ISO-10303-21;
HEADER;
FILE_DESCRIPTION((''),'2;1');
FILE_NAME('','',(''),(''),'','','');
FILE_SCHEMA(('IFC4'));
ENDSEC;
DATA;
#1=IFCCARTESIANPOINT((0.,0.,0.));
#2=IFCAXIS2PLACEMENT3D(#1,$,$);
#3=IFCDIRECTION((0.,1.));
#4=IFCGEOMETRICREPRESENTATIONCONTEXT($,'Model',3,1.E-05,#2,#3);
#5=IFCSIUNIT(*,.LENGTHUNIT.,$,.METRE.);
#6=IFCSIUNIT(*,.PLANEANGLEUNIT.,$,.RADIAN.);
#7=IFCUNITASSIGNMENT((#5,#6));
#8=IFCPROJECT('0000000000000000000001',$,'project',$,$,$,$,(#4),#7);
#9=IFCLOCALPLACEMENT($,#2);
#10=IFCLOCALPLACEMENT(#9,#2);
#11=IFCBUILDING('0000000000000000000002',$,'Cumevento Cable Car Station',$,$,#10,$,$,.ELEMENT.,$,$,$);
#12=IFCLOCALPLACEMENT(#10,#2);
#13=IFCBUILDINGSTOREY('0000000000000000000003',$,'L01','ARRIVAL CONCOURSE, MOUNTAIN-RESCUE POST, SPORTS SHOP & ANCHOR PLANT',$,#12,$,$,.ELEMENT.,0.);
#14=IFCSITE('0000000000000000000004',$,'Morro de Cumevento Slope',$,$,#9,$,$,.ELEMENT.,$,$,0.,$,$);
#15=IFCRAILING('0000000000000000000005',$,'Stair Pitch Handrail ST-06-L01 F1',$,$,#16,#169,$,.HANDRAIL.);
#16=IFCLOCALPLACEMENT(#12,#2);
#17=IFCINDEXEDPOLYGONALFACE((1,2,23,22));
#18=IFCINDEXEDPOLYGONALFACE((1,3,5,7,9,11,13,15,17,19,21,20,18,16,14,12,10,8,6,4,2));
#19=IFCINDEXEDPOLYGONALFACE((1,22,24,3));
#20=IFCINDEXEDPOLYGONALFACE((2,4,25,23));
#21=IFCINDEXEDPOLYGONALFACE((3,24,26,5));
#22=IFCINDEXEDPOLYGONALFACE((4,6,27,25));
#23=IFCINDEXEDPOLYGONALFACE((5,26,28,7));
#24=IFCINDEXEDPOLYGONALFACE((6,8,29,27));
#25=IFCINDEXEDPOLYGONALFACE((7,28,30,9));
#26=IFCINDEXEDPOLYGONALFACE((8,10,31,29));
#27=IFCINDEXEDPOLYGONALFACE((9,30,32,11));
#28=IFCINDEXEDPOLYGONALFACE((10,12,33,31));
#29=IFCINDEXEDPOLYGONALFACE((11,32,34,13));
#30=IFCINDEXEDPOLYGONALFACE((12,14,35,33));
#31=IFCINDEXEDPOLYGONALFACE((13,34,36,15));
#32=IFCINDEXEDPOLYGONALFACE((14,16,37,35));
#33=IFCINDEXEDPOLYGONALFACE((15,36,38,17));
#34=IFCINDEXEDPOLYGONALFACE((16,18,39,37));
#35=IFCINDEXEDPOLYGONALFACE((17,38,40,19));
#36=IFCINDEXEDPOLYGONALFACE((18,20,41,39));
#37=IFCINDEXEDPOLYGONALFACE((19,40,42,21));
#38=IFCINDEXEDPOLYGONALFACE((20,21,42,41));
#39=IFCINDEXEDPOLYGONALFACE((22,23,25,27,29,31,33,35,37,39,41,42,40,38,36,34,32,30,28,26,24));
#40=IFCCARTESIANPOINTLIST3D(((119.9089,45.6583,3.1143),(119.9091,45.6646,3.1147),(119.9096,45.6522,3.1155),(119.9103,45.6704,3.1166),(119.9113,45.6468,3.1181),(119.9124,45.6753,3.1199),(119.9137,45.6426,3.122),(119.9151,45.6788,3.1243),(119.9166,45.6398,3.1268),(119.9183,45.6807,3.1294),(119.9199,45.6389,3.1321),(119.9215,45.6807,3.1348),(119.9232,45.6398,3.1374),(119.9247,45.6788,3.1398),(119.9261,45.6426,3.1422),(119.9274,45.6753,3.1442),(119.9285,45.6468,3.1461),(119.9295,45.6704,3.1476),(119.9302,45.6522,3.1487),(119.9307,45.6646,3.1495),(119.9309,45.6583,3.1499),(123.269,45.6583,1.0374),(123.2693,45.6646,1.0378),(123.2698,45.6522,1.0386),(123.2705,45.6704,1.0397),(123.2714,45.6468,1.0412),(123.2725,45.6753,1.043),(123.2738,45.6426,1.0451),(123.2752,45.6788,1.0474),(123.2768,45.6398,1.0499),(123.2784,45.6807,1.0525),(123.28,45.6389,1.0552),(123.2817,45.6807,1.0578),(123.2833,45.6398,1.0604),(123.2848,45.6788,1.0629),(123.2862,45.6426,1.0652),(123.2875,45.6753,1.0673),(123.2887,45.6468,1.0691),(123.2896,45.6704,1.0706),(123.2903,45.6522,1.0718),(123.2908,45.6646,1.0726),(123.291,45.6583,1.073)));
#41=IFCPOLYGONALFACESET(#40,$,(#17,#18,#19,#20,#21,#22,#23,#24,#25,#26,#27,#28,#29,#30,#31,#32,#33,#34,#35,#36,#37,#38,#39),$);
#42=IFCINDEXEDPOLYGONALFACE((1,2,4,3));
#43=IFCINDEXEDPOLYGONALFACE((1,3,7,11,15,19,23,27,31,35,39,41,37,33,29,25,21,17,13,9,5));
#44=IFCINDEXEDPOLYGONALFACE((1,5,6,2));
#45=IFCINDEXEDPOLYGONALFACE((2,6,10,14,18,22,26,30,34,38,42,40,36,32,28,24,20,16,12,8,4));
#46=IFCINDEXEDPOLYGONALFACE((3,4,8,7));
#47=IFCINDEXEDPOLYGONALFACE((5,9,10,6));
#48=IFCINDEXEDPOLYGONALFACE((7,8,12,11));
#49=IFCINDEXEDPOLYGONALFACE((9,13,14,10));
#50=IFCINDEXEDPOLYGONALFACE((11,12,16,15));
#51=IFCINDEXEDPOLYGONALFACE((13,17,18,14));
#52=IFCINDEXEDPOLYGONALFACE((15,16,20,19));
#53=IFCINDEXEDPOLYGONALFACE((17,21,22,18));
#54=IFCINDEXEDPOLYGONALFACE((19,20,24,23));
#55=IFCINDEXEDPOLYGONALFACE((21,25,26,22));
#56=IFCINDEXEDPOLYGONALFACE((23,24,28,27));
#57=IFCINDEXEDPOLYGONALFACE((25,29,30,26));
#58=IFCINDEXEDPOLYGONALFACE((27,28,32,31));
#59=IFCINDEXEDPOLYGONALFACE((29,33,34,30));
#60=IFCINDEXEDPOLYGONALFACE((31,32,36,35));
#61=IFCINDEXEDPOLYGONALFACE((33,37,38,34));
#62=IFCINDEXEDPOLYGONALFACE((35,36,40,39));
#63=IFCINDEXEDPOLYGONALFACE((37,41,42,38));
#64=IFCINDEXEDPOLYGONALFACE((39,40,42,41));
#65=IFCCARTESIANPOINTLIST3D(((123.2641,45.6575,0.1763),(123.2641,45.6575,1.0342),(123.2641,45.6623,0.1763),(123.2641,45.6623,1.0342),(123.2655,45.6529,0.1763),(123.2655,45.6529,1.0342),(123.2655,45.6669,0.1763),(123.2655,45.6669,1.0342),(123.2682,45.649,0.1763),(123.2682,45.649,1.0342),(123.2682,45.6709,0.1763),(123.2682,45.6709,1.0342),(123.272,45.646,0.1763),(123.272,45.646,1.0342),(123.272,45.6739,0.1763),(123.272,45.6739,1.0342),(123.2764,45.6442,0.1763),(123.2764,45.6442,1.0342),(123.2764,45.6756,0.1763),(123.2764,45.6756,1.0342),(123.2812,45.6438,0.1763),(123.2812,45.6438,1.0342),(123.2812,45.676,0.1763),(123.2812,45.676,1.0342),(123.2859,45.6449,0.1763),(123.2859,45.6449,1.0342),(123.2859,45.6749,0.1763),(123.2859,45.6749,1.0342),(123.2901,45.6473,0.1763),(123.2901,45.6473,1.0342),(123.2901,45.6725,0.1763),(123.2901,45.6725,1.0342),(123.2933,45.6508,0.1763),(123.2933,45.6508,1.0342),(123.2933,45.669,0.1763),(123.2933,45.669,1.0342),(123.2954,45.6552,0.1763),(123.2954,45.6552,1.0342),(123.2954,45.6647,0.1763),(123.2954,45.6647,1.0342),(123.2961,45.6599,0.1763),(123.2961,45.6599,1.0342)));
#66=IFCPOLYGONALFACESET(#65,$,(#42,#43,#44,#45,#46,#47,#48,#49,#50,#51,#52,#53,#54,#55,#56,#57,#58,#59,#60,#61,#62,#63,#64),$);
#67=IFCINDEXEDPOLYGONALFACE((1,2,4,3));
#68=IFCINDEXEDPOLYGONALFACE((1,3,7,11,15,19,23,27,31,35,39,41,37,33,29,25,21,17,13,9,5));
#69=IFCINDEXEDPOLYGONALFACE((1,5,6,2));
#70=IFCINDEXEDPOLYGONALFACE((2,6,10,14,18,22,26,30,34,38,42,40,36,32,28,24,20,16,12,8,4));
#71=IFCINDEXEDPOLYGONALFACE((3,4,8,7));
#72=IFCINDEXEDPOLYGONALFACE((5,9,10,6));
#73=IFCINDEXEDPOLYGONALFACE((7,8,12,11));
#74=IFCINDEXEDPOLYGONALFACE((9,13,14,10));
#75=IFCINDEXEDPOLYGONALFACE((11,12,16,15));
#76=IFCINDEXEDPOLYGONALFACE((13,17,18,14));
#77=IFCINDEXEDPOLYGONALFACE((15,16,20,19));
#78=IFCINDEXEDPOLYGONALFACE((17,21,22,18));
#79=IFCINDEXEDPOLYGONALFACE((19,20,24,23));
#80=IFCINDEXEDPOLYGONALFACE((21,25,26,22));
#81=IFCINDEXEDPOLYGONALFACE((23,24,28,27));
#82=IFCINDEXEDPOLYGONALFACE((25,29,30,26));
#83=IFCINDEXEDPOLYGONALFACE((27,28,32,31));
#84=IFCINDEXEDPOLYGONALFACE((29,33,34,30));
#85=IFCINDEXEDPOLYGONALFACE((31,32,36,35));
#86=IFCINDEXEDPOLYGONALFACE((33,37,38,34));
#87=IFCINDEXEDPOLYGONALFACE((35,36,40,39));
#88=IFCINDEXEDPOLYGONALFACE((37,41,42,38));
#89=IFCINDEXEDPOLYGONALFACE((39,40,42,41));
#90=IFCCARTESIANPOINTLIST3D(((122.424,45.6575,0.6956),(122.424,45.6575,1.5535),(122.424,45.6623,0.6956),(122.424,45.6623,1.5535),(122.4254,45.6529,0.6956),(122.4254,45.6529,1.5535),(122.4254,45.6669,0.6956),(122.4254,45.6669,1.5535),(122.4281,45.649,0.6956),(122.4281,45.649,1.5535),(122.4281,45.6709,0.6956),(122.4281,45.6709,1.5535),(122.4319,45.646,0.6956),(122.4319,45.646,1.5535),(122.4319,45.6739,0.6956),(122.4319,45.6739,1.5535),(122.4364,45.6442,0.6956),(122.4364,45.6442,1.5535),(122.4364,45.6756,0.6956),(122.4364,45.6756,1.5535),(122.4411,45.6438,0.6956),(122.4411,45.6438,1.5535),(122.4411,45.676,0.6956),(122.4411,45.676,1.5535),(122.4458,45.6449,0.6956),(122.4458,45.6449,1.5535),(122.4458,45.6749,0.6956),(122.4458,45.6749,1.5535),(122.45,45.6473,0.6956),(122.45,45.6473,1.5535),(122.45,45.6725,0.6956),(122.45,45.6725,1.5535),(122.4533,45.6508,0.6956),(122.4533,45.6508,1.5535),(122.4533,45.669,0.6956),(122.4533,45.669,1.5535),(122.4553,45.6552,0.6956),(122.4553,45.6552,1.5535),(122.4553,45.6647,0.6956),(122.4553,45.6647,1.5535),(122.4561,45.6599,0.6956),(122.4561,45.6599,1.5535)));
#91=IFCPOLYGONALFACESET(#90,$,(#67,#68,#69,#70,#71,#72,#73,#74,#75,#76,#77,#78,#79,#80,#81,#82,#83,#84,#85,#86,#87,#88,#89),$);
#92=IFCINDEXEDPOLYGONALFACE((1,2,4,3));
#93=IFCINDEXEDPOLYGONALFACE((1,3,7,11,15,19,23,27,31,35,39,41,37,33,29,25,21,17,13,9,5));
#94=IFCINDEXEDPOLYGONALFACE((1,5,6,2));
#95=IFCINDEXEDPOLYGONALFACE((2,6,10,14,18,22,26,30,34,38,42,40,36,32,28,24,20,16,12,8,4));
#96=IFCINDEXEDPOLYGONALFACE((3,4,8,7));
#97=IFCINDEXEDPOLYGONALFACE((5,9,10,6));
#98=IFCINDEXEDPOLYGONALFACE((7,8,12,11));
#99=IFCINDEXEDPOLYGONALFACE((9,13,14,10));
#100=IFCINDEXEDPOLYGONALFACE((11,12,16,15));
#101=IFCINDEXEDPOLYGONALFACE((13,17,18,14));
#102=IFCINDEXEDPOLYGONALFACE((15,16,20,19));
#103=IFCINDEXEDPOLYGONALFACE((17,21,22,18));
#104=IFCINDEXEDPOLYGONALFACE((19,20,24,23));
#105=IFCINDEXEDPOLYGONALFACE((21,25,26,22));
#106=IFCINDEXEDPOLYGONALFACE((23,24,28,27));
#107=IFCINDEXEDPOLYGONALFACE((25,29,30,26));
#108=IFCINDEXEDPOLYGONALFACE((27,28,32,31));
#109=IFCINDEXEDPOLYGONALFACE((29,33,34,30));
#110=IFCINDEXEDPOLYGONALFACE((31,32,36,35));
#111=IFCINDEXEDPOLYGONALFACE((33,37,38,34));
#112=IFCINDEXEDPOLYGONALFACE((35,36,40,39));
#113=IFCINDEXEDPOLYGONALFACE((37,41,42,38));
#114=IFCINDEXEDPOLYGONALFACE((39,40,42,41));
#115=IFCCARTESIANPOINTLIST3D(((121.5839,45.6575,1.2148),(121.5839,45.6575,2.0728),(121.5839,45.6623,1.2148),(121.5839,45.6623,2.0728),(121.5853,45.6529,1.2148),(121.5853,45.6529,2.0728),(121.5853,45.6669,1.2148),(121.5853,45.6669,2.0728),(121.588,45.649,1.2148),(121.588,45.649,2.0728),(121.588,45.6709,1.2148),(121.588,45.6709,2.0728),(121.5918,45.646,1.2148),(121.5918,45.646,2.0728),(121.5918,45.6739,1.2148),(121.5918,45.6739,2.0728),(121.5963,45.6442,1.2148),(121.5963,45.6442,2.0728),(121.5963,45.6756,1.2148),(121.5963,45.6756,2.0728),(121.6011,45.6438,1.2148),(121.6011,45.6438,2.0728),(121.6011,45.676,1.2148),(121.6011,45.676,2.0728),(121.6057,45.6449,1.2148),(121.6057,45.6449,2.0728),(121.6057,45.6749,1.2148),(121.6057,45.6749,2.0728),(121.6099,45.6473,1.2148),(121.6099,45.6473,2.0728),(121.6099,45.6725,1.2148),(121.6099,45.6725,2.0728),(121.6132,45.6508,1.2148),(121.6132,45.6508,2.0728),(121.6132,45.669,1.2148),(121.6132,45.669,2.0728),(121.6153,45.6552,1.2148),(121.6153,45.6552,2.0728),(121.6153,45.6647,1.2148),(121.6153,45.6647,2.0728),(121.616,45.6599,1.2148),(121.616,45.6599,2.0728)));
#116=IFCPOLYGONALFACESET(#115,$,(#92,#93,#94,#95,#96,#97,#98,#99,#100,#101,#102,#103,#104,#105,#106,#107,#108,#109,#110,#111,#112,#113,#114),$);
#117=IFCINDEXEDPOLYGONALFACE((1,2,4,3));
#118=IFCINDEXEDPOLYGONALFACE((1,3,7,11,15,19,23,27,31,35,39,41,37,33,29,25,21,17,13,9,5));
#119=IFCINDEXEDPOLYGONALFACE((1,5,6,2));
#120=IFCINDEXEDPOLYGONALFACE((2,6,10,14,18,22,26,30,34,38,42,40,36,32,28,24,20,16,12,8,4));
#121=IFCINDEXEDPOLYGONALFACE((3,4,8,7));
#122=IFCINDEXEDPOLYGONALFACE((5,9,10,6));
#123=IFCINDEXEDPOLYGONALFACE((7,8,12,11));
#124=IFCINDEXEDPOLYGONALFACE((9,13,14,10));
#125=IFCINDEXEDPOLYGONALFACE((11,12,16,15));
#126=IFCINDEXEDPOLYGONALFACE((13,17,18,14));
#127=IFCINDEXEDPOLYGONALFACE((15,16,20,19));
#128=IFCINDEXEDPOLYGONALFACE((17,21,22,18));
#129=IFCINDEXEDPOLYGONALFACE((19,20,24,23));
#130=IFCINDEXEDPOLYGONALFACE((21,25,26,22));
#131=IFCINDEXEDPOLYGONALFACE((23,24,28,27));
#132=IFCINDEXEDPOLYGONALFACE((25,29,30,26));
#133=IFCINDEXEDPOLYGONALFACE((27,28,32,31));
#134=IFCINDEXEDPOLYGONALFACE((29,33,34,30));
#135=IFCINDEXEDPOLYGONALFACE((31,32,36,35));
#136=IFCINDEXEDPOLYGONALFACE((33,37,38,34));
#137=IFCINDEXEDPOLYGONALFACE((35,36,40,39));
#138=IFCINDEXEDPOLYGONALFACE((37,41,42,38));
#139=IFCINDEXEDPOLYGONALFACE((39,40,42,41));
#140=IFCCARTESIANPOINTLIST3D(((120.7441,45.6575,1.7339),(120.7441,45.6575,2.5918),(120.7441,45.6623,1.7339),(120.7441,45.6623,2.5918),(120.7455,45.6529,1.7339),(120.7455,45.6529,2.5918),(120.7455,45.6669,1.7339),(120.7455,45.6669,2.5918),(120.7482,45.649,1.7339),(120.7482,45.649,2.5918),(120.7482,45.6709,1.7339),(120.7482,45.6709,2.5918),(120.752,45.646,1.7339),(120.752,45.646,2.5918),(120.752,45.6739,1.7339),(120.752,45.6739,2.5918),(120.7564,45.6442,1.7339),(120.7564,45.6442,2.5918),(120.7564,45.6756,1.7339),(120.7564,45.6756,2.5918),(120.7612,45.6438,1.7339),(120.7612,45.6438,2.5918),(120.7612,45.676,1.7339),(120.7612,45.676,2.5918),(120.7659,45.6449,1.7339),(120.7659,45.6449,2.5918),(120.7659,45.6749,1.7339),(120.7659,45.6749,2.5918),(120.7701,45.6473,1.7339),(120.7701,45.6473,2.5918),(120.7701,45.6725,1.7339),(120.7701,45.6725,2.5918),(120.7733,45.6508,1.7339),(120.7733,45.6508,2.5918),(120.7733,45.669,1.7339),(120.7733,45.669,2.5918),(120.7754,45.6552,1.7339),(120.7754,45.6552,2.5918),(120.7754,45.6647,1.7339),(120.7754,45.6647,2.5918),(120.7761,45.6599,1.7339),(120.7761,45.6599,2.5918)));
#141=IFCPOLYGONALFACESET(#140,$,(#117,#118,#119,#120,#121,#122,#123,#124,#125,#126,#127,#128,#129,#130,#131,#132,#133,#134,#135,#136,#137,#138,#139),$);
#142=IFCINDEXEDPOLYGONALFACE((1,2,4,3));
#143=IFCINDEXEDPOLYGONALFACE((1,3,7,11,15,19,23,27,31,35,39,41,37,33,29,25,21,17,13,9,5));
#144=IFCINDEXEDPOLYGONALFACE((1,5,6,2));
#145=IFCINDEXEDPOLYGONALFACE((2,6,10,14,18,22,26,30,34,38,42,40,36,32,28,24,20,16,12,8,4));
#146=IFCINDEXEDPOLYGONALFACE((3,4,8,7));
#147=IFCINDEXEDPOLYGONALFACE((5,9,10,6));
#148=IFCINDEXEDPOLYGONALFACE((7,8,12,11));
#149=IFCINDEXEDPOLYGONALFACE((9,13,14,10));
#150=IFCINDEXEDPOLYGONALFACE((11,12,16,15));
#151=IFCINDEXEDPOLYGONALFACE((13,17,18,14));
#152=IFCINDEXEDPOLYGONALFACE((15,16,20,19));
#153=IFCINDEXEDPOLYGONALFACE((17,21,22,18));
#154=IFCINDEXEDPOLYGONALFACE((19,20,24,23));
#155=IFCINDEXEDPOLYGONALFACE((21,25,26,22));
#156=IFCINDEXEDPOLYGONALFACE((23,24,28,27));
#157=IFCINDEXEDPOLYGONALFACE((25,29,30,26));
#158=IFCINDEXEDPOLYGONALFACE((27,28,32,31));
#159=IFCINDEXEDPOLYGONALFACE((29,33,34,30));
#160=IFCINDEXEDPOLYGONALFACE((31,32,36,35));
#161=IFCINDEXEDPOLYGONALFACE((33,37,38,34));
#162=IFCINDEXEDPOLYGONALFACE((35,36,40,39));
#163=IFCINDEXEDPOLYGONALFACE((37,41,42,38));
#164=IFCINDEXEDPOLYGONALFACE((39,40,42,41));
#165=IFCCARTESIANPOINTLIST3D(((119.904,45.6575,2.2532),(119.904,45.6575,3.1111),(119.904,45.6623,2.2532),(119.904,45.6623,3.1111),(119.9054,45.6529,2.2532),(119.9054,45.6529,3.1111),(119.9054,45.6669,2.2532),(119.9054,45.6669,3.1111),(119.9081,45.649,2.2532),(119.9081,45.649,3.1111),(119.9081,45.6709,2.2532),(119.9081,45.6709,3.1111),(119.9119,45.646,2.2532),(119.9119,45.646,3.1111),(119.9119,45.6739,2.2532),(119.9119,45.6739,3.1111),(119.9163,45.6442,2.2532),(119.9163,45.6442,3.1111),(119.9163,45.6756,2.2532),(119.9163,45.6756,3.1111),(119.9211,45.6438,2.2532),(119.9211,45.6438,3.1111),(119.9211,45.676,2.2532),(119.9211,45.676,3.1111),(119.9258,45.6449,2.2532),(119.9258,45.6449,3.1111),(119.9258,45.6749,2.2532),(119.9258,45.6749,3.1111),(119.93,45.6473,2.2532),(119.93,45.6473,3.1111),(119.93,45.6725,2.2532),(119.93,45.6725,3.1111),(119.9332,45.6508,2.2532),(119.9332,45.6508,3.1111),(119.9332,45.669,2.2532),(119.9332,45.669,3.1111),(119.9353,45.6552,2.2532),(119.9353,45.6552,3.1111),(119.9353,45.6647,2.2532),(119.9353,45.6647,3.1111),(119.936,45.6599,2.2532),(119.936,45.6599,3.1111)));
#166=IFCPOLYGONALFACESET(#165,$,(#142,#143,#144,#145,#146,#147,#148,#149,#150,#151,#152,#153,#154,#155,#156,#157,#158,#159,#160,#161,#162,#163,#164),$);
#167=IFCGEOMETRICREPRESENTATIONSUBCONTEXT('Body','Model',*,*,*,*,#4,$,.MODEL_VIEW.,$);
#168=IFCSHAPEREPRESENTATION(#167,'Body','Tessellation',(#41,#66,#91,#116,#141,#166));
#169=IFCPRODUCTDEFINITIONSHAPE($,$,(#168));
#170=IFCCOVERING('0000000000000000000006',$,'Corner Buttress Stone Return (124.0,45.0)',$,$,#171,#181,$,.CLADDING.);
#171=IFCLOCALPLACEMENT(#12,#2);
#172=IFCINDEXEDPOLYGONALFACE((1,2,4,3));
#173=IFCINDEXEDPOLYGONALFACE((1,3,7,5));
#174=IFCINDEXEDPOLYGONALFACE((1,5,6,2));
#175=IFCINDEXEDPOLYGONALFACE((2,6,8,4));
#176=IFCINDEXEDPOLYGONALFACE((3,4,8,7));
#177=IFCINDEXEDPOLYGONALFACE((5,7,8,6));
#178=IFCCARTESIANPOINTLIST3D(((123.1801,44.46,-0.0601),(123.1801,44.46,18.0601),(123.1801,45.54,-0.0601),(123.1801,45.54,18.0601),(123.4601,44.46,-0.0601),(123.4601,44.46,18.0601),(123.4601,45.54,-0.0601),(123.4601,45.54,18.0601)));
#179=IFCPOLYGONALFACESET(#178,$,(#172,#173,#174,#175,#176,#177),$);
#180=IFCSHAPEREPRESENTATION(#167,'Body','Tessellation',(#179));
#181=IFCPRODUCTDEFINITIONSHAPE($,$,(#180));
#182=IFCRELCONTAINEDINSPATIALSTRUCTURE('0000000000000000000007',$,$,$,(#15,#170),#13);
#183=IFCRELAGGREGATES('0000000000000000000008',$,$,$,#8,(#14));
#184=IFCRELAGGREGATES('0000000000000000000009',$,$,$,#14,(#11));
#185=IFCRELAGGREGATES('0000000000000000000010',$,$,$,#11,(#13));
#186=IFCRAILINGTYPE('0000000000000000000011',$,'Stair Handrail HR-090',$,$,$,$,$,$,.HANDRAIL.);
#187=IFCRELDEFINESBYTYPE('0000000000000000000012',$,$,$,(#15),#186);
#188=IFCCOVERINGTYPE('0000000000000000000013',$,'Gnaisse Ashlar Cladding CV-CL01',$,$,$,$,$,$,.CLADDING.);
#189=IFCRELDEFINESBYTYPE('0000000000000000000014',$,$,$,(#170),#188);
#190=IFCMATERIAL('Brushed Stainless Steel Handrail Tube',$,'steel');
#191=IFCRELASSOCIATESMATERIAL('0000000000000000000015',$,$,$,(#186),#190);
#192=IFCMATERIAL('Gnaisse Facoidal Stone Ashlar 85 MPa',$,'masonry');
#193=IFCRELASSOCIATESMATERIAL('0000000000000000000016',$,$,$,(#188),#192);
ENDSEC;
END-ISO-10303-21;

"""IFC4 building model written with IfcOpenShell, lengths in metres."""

from ifc_helpers import new_model, si_unit, direction, frame, origin, origin_2d, place, context, subcontext, project, spatial, rectangle, circle, extrude, material, type_object, element, save


model = new_model("IFC4")

# Units and contexts
model_context = context("Model", 3, precision=1e-05, world=origin(), true_north=direction((0.0, 1.0)))
body_context = subcontext(model_context, "Body", "Model", "MODEL_VIEW")
ifc_project = project(units=[si_unit("LENGTHUNIT", "METRE"), si_unit("PLANEANGLEUNIT", "RADIAN")], contexts=[model_context])

# Site, building, storey
site_placement = place(None, origin())
site = spatial("IfcSite", under=ifc_project, at=site_placement, Name="Morro de Cumevento Slope", CompositionType="ELEMENT", RefElevation=0.0)
building_placement = place(site_placement, origin())
building = spatial("IfcBuilding", under=site, at=building_placement, Name="Cumevento Cable Car Station", CompositionType="ELEMENT")
storey_placement = place(building_placement, origin())
storey = spatial("IfcBuildingStorey", under=building, at=storey_placement, Name="L01", Description="ARRIVAL CONCOURSE, MOUNTAIN-RESCUE POST, SPORTS SHOP & ANCHOR PLANT", CompositionType="ELEMENT", Elevation=0.0)

# Railing
ifc_material_1 = material(Name="Brushed Stainless Steel Handrail Tube", Category="steel")
railing_type_1 = type_object("IfcRailingType", Name="Stair Handrail HR-090", PredefinedType="HANDRAIL", material=ifc_material_1)
railing_1_placement = place(storey_placement, frame((123.28, 45.6599, 0.1763)))
element("IfcRailing", 1, at=railing_1_placement, inside=storey, type_object=railing_type_1, Name="Stair Pitch Handrail ST-06-L01 F1", PredefinedType="HANDRAIL", context=body_context, shape_type="SweptSolid", body=[
    extrude(circle(Radius=0.021, at=origin_2d()), frame((0.0, 0.0, 0.8789), z_axis=(-0.850623, 0.0, 0.525776), x_axis=(0.0, -1.0, 0.0)), (0.0, 0.0, 1.0), 3.9502),
    extrude(circle(Radius=0.0161, at=origin_2d()), origin(), (0.0, 0.0, 1.0), 0.8579),
    extrude(circle(Radius=0.0161, at=origin_2d()), frame((-0.8401, 0.0, 0.5193)), (0.0, 0.0, 1.0), 0.8579),
    extrude(circle(Radius=0.0161, at=origin_2d()), frame((-1.6802, 0.0, 1.0386)), (0.0, 0.0, 1.0), 0.8579),
    extrude(circle(Radius=0.0161, at=origin_2d()), frame((-2.52, 0.0, 1.5576)), (0.0, 0.0, 1.0), 0.8579),
    extrude(circle(Radius=0.0161, at=origin_2d()), frame((-3.3601, 0.0, 2.0769)), (0.0, 0.0, 1.0), 0.8579),
])

# Covering
ifc_material_2 = material(Name="Gnaisse Facoidal Stone Ashlar 85 MPa", Category="masonry")
covering_type = type_object("IfcCoveringType", Name="Gnaisse Ashlar Cladding CV-CL01", PredefinedType="CLADDING", material=ifc_material_2)
covering_1_placement = place(storey_placement, frame((123.3201, 45.0, -0.0601), z_axis=(0.0, 0.0, 1.0), x_axis=(1.0, 0.0, 0.0)))
element("IfcCovering", 2, at=covering_1_placement, inside=storey, type_object=covering_type, Name="Corner Buttress Stone Return (124.0,45.0)", PredefinedType="CLADDING", context=body_context, shape_type="SweptSolid", body=[
    extrude(rectangle(XDim=0.28, YDim=1.0801, at=origin_2d()), origin(), (0.0, 0.0, 1.0), 18.1201),
])

save(model, "model.ifc")
